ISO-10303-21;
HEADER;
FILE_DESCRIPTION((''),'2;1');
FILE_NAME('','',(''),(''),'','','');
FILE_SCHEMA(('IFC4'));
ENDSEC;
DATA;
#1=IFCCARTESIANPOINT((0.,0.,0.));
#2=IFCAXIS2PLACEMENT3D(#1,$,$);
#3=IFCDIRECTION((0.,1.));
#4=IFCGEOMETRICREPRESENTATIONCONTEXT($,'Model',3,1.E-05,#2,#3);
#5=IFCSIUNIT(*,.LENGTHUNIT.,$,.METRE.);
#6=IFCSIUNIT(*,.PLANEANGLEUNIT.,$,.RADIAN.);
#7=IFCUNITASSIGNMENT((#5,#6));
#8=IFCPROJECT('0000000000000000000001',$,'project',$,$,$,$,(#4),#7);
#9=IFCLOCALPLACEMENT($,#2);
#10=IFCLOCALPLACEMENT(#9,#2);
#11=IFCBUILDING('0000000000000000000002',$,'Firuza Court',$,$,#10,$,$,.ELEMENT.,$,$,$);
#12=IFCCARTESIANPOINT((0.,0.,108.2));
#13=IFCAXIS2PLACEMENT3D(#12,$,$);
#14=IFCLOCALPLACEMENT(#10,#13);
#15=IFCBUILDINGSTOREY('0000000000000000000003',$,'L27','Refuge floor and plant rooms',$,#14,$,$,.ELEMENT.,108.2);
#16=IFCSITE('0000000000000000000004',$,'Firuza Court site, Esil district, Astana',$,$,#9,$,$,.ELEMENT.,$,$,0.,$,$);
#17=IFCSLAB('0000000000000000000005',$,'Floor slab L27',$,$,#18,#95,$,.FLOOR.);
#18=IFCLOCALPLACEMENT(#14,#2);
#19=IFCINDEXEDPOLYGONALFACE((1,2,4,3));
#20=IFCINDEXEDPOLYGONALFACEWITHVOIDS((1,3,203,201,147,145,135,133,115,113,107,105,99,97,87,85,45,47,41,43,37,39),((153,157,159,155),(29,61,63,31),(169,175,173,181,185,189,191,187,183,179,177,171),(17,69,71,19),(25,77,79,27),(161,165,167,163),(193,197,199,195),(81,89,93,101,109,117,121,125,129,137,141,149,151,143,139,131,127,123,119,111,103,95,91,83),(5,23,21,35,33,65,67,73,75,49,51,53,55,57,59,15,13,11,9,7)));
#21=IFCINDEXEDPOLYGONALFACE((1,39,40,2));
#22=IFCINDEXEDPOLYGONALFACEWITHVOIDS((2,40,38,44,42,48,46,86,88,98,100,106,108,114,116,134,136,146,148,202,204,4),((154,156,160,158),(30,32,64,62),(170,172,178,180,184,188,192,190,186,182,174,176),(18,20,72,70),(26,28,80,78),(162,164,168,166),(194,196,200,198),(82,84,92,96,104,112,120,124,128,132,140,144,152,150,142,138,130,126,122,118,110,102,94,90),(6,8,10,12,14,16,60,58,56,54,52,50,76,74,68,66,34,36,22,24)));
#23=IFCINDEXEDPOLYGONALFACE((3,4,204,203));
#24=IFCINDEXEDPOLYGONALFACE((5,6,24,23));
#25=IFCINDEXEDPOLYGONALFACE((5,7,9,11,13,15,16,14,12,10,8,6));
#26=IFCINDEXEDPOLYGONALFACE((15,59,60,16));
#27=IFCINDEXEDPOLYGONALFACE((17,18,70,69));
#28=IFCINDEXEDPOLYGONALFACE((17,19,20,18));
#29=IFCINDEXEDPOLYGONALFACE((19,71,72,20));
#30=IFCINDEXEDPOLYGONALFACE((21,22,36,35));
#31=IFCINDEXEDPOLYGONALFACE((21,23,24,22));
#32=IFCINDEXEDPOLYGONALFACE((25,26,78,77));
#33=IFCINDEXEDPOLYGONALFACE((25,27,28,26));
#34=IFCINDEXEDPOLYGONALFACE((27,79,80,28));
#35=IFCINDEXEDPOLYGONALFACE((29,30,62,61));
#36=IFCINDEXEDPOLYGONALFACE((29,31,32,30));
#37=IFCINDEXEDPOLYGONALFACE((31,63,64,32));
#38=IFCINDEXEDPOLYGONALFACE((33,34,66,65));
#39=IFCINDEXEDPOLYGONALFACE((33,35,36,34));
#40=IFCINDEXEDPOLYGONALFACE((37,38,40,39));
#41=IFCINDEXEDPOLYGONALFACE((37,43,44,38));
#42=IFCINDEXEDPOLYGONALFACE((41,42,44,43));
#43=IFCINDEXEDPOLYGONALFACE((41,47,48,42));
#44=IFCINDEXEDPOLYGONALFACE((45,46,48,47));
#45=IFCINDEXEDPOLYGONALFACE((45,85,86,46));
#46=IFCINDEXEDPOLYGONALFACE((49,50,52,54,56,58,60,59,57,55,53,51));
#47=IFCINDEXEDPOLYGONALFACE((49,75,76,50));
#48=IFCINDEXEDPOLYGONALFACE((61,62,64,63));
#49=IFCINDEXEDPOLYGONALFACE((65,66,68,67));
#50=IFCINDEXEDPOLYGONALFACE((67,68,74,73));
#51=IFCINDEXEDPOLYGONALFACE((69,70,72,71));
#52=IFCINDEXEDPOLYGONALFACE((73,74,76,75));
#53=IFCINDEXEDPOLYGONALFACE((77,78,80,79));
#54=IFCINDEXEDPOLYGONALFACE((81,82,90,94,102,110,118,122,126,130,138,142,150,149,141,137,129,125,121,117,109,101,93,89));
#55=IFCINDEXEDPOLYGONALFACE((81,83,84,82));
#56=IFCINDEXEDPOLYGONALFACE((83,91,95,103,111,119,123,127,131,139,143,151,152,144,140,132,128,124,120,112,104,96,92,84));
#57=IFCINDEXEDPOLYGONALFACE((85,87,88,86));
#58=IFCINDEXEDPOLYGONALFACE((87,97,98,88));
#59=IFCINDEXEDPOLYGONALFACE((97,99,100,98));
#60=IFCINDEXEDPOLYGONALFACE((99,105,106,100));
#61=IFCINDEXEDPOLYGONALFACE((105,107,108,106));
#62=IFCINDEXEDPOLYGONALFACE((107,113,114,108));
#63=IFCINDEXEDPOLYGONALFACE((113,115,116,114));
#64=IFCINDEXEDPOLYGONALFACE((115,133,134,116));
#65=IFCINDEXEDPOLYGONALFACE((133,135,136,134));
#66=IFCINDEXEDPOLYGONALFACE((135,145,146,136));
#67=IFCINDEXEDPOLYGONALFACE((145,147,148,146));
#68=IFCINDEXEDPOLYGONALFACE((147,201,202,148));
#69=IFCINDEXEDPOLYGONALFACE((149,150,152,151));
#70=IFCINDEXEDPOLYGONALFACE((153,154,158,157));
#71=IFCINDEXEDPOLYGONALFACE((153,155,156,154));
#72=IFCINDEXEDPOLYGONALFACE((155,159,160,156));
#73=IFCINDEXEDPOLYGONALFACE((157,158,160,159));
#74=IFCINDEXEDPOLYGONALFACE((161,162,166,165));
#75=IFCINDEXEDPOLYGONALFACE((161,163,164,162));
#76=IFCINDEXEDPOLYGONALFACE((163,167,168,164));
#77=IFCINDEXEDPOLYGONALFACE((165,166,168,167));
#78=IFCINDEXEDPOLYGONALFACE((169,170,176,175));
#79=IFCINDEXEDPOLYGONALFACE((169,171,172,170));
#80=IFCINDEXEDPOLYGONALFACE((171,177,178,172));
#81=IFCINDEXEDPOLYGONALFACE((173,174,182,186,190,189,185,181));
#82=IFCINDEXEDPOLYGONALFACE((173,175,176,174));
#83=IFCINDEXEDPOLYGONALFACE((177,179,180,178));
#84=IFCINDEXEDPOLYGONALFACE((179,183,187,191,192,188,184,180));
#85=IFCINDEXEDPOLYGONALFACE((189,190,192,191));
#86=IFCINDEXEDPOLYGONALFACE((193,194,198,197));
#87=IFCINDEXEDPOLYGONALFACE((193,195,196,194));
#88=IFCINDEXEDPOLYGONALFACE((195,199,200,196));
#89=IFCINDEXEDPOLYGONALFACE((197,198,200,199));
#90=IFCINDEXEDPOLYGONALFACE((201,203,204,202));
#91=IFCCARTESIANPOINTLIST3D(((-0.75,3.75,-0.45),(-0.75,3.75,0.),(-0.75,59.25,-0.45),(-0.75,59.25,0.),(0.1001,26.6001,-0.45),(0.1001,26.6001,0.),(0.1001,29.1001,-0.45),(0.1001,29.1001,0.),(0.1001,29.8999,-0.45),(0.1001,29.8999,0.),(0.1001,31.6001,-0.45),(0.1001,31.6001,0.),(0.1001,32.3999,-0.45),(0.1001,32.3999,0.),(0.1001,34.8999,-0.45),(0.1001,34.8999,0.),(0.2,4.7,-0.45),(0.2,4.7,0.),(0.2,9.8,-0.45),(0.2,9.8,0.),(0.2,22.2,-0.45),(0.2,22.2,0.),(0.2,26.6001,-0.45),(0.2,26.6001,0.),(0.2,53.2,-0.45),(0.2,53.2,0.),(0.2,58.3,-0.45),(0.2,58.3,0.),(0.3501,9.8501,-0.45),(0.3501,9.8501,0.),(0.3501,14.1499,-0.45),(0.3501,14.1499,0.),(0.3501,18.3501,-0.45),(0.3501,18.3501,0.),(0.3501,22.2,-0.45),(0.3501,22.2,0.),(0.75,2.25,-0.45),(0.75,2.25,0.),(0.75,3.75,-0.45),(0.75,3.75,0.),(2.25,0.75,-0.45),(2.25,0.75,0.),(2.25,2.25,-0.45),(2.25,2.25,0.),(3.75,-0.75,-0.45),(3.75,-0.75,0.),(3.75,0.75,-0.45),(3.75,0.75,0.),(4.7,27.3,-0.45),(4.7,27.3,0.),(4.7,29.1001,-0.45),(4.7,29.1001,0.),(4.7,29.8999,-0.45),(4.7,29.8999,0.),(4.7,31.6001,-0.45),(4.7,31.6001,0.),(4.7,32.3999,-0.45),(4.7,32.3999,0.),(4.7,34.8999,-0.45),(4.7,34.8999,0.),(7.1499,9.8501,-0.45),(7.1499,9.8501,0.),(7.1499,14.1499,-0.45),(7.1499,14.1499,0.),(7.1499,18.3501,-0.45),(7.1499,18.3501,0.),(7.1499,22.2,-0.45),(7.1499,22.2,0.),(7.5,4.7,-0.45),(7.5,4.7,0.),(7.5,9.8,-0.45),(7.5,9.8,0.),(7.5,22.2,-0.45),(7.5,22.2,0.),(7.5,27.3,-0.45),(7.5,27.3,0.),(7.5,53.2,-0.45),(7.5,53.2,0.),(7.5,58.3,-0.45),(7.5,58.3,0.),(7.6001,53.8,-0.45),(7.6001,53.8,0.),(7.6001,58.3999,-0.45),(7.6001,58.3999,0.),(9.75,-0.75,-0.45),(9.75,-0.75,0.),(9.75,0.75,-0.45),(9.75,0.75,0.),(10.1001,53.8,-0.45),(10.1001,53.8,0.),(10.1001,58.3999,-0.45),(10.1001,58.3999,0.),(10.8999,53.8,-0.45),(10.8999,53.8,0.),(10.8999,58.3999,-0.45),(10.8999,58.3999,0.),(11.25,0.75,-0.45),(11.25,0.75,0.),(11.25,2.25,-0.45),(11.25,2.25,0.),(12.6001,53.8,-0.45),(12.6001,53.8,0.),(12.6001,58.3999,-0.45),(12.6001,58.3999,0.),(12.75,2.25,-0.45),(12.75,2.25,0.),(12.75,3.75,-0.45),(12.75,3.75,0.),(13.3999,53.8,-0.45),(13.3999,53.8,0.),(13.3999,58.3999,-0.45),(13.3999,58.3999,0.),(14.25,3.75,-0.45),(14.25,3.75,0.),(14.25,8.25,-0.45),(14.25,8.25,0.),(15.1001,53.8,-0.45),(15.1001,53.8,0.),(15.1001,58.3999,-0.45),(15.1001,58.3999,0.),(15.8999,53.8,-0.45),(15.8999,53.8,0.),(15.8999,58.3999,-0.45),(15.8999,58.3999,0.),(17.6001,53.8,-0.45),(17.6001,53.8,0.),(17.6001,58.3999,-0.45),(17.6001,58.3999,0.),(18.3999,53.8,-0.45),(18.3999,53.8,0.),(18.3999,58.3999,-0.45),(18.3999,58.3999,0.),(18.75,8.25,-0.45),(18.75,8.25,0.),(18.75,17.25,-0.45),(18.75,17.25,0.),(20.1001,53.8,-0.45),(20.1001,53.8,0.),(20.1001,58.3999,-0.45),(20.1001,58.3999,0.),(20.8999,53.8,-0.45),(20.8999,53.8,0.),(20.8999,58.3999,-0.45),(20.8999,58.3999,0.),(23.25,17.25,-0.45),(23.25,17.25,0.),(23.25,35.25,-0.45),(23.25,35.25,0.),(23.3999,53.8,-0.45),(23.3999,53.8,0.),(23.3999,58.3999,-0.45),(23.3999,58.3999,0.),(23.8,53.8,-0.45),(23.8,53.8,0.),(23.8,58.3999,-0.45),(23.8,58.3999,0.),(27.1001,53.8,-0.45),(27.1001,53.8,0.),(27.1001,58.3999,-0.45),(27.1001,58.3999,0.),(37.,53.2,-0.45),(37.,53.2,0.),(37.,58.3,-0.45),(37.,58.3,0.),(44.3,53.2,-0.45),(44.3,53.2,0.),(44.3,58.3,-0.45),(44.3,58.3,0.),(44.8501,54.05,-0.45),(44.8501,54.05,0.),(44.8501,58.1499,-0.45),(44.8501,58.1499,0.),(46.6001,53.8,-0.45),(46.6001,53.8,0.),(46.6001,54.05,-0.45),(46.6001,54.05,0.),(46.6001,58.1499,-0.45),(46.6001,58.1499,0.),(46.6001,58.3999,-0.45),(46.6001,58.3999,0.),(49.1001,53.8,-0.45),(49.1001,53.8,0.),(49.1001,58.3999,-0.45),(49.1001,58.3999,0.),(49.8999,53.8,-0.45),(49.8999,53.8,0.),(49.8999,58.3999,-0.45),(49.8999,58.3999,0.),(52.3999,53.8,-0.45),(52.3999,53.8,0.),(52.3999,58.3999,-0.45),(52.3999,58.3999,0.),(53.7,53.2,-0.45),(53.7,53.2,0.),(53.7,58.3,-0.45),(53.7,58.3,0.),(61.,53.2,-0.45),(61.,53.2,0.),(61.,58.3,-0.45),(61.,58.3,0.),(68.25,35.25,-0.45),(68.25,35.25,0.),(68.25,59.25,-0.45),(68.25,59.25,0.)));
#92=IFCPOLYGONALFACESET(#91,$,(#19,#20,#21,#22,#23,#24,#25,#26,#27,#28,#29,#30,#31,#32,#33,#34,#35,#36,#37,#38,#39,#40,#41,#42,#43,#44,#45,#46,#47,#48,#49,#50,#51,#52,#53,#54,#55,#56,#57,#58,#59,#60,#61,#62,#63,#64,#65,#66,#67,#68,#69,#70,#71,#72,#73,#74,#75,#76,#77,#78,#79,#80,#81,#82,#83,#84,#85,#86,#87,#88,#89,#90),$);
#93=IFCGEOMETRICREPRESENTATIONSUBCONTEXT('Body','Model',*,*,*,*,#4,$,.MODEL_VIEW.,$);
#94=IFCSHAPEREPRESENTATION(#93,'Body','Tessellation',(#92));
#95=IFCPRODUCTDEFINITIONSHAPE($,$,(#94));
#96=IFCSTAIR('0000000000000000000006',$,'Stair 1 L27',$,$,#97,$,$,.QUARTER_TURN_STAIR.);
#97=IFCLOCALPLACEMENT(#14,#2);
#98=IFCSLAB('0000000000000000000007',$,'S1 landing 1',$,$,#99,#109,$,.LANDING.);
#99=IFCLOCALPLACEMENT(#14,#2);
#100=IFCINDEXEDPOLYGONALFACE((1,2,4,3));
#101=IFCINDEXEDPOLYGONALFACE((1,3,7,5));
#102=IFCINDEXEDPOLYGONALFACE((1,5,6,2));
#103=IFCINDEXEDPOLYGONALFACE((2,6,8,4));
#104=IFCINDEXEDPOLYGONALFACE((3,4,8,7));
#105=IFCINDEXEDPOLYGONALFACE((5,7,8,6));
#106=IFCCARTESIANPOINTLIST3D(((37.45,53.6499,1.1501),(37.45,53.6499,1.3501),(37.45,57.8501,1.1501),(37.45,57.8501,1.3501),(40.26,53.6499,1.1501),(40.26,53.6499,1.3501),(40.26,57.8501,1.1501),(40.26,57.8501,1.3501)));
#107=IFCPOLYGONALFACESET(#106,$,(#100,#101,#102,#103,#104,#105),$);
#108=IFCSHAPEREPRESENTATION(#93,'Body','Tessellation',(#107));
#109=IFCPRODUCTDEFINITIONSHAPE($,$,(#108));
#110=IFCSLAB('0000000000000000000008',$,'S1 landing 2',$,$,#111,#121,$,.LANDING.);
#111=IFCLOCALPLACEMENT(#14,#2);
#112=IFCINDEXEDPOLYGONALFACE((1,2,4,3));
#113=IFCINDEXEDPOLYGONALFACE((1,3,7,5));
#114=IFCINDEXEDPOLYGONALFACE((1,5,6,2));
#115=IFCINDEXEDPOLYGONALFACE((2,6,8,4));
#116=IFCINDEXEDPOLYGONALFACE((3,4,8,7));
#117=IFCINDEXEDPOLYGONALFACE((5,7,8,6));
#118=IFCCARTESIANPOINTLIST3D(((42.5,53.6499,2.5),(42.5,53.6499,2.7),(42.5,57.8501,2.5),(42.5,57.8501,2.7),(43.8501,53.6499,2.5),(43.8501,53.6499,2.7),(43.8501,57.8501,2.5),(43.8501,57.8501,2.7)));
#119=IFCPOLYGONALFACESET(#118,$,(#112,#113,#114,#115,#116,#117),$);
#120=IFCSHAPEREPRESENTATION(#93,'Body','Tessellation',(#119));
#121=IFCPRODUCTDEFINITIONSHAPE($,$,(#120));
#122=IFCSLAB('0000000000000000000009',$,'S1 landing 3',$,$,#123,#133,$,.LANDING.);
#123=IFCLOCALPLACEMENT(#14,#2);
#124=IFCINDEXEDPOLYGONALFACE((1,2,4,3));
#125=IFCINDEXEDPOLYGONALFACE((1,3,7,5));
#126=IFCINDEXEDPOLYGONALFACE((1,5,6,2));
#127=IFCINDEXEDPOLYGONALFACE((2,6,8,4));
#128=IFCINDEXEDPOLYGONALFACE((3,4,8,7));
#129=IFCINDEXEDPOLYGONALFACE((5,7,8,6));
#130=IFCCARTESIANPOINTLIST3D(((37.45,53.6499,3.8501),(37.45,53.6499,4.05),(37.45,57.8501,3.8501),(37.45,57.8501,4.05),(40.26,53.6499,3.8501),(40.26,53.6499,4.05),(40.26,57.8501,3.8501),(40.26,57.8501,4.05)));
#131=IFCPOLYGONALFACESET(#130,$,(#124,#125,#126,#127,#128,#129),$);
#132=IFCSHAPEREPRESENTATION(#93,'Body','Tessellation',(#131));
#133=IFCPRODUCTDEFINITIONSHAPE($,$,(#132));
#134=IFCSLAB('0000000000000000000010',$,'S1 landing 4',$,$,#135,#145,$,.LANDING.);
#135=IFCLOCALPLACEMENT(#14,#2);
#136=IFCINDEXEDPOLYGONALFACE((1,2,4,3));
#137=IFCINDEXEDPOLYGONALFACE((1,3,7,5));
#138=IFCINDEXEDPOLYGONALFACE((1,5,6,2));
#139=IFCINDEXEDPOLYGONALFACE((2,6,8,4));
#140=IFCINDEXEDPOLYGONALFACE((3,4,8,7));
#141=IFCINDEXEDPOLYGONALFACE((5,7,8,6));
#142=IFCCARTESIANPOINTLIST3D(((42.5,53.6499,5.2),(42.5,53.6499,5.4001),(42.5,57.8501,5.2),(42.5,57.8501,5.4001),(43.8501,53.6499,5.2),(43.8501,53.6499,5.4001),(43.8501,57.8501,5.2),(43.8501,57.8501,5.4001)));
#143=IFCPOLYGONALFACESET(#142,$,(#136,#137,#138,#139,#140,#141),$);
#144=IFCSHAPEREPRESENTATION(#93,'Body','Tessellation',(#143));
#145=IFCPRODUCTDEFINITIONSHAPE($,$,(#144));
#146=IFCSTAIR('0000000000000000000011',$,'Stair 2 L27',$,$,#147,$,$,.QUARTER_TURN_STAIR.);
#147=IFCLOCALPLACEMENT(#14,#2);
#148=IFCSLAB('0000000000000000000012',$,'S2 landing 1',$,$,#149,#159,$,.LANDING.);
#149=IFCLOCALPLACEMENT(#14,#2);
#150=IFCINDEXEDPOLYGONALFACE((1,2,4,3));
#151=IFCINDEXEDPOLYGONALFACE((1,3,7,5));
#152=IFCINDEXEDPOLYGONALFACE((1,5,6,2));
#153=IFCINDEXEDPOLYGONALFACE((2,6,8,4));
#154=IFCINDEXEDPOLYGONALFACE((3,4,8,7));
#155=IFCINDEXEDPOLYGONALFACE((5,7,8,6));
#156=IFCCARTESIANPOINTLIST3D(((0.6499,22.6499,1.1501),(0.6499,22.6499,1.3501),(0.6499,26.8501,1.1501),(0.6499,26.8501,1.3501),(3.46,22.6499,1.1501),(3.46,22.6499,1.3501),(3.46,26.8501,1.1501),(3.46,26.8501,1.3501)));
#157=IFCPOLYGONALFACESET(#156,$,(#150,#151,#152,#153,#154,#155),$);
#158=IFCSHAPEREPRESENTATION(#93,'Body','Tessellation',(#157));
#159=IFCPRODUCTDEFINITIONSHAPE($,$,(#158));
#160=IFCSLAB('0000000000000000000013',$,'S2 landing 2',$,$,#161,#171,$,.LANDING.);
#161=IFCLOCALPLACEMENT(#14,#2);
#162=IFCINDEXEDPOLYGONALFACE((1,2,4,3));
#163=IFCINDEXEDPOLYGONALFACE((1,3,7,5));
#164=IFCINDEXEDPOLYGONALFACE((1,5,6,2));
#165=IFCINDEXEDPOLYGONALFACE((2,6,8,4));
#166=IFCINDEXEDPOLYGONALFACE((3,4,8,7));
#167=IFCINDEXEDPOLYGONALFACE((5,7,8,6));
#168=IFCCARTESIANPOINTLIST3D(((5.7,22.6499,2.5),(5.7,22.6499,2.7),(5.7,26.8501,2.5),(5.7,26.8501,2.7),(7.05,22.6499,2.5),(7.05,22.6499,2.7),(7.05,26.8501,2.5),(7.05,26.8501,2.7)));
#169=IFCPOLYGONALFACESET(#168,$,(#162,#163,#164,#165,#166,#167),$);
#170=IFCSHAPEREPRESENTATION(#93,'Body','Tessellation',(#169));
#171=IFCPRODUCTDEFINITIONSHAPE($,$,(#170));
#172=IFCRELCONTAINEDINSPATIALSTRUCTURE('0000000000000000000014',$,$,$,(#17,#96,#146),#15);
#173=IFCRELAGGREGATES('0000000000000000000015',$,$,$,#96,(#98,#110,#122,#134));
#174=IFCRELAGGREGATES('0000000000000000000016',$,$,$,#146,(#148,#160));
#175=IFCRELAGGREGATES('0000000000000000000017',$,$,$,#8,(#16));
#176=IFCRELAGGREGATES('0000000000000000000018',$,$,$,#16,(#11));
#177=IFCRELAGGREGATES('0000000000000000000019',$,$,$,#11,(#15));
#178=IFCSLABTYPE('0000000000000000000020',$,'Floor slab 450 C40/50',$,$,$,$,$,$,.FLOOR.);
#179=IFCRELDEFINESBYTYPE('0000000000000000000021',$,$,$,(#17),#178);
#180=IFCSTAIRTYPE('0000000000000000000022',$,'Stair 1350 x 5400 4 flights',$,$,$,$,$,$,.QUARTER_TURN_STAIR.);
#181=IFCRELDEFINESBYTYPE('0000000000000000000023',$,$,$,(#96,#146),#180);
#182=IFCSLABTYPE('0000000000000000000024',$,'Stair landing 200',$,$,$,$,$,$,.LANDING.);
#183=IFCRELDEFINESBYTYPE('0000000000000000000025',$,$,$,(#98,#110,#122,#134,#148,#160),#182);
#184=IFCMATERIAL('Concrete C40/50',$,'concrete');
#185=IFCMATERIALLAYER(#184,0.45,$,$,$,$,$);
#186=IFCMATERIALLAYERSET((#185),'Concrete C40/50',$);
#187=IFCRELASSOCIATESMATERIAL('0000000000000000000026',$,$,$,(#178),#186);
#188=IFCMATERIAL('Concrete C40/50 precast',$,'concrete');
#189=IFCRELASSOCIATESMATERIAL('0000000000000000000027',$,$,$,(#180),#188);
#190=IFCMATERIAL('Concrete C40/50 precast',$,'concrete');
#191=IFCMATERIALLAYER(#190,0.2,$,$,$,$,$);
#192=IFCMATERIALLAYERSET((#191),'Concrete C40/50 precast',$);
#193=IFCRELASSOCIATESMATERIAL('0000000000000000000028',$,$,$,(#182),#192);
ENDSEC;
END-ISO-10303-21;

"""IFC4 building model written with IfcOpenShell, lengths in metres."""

from ifc_helpers import new_model, si_unit, direction, frame, origin, place, context, subcontext, project, spatial, polyline, outline, extrude, material, layer, layer_set, type_object, element, aggregate, save


model = new_model("IFC4")

# Units and contexts
model_context = context("Model", 3, precision=1e-05, world=origin(), true_north=direction((0.0, 1.0)))
body_context = subcontext(model_context, "Body", "Model", "MODEL_VIEW")
ifc_project = project(units=[si_unit("LENGTHUNIT", "METRE"), si_unit("PLANEANGLEUNIT", "RADIAN")], contexts=[model_context])

# Site, building, storey
site_placement = place(None, origin())
site = spatial("IfcSite", under=ifc_project, at=site_placement, Name="Firuza Court site, Esil district, Astana", CompositionType="ELEMENT", RefElevation=0.0)
building_placement = place(site_placement, origin())
building = spatial("IfcBuilding", under=site, at=building_placement, Name="Firuza Court", CompositionType="ELEMENT")
storey_placement = place(building_placement, frame((0.0, 0.0, 108.2)))
storey = spatial("IfcBuildingStorey", under=building, at=storey_placement, Name="L27", Description="Refuge floor and plant rooms", CompositionType="ELEMENT", Elevation=108.2)

# Slab
ifc_material_1 = material(Name="Concrete C40/50", Category="concrete")
ifc_layer_1 = layer(ifc_material_1, 0.45)
ifc_layer_set_1 = layer_set([ifc_layer_1], Name="Concrete C40/50")
slab_type_1 = type_object("IfcSlabType", Name="Floor slab 450 C40/50", PredefinedType="FLOOR", material=ifc_layer_set_1)
slab_1_placement = place(storey_placement, frame((0.0, 0.0, -0.45)))
element("IfcSlab", 1, at=slab_1_placement, inside=storey, type_object=slab_type_1, Name="Floor slab L27", PredefinedType="FLOOR", context=body_context, shape_type="SweptSolid", body=[
    extrude(outline(polyline([(3.75, -0.75), (3.75, 0.75), (2.25, 0.75), (2.25, 2.25), (0.75, 2.25), (0.75, 3.75), (-0.75, 3.75), (-0.75, 59.25), (68.25, 59.25), (68.25, 35.25), (23.25, 35.25), (23.25, 17.25), (18.75, 17.25), (18.75, 8.25), (14.25, 8.25), (14.25, 3.75), (12.75, 3.75), (12.75, 2.25), (11.25, 2.25), (11.25, 0.75), (9.75, 0.75), (9.75, -0.75), (3.75, -0.75)]), holes=[polyline([(7.5, 9.8), (0.2, 9.8), (0.2, 4.7), (7.5, 4.7), (7.5, 9.8)]), polyline([(7.1499, 14.1499), (0.3501, 14.1499), (0.3501, 9.8501), (7.1499, 9.8501), (7.1499, 14.1499)]), polyline([(0.2, 22.2), (0.3501, 22.2), (0.3501, 18.3501), (7.1499, 18.3501), (7.1499, 22.2), (7.5, 22.2), (7.5, 27.3), (4.7, 27.3), (4.7, 29.1001), (4.7, 29.8999), (4.7, 31.6001), (4.7, 32.3999), (4.7, 34.8999), (0.1001, 34.8999), (0.1001, 32.3999), (0.1001, 31.6001), (0.1001, 29.8999), (0.1001, 29.1001), (0.1001, 26.6001), (0.2, 26.6001), (0.2, 22.2)]), polyline([(7.5, 58.3), (0.2, 58.3), (0.2, 53.2), (7.5, 53.2), (7.5, 58.3)]), polyline([(10.1001, 58.3999), (7.6001, 58.3999), (7.6001, 53.8), (10.1001, 53.8), (10.8999, 53.8), (12.6001, 53.8), (13.3999, 53.8), (15.1001, 53.8), (15.8999, 53.8), (17.6001, 53.8), (18.3999, 53.8), (20.1001, 53.8), (20.8999, 53.8), (23.3999, 53.8), (23.3999, 58.3999), (20.8999, 58.3999), (20.1001, 58.3999), (18.3999, 58.3999), (17.6001, 58.3999), (15.8999, 58.3999), (15.1001, 58.3999), (13.3999, 58.3999), (12.6001, 58.3999), (10.8999, 58.3999), (10.1001, 58.3999)]), polyline([(44.3, 58.3), (37.0, 58.3), (37.0, 53.2), (44.3, 53.2), (44.3, 58.3)]), polyline([(61.0, 58.3), (53.7, 58.3), (53.7, 53.2), (61.0, 53.2), (61.0, 58.3)]), polyline([(27.1001, 58.3999), (23.8, 58.3999), (23.8, 53.8), (27.1001, 53.8), (27.1001, 58.3999)]), polyline([(46.6001, 58.1499), (44.8501, 58.1499), (44.8501, 54.05), (46.6001, 54.05), (46.6001, 53.8), (49.1001, 53.8), (49.8999, 53.8), (52.3999, 53.8), (52.3999, 58.3999), (49.8999, 58.3999), (49.1001, 58.3999), (46.6001, 58.3999), (46.6001, 58.1499)])]), origin(), (0.0, 0.0, 1.0), 0.45),
])

# Stairs, slabs
ifc_material_2 = material(Name="Concrete C40/50 precast", Category="concrete")
stair_type = type_object("IfcStairType", Name="Stair 1350 x 5400 4 flights", PredefinedType="QUARTER_TURN_STAIR", material=ifc_material_2)
stair_1_placement = place(storey_placement, origin())
stair_1 = element("IfcStair", 2, at=stair_1_placement, inside=storey, type_object=stair_type, Name="Stair 1 L27", PredefinedType="QUARTER_TURN_STAIR")
ifc_material_3 = material(Name="Concrete C40/50 precast", Category="concrete")
ifc_layer_2 = layer(ifc_material_3, 0.2)
ifc_layer_set_2 = layer_set([ifc_layer_2], Name="Concrete C40/50 precast")
slab_type_2 = type_object("IfcSlabType", Name="Stair landing 200", PredefinedType="LANDING", material=ifc_layer_set_2)
slab_2_placement = place(storey_placement, frame((0.0, 0.0, 1.1501)))
slab_2 = element("IfcSlab", 3, at=slab_2_placement, type_object=slab_type_2, Name="S1 landing 1", PredefinedType="LANDING", context=body_context, shape_type="SweptSolid", body=[
    extrude(outline(polyline([(40.26, 53.6499), (40.26, 57.8501), (37.45, 57.8501), (37.45, 53.6499), (40.26, 53.6499)])), origin(), (0.0, 0.0, 1.0), 0.2),
])
slab_3_placement = place(storey_placement, frame((0.0, 0.0, 2.5)))
slab_3 = element("IfcSlab", 4, at=slab_3_placement, type_object=slab_type_2, Name="S1 landing 2", PredefinedType="LANDING", context=body_context, shape_type="SweptSolid", body=[
    extrude(outline(polyline([(43.8501, 53.6499), (43.8501, 57.8501), (42.5, 57.8501), (42.5, 53.6499), (43.8501, 53.6499)])), origin(), (0.0, 0.0, 1.0), 0.2),
])
slab_4_placement = place(storey_placement, frame((0.0, 0.0, 3.8501)))
slab_4 = element("IfcSlab", 5, at=slab_4_placement, type_object=slab_type_2, Name="S1 landing 3", PredefinedType="LANDING", context=body_context, shape_type="SweptSolid", body=[
    extrude(outline(polyline([(40.26, 53.6499), (40.26, 57.8501), (37.45, 57.8501), (37.45, 53.6499), (40.26, 53.6499)])), origin(), (0.0, 0.0, 1.0), 0.2),
])
slab_5_placement = place(storey_placement, frame((0.0, 0.0, 5.2)))
slab_5 = element("IfcSlab", 6, at=slab_5_placement, type_object=slab_type_2, Name="S1 landing 4", PredefinedType="LANDING", context=body_context, shape_type="SweptSolid", body=[
    extrude(outline(polyline([(43.8501, 53.6499), (43.8501, 57.8501), (42.5, 57.8501), (42.5, 53.6499), (43.8501, 53.6499)])), origin(), (0.0, 0.0, 1.0), 0.2002),
])
aggregate(stair_1, [slab_2, slab_3, slab_4, slab_5])
stair_2_placement = place(storey_placement, origin())
stair_2 = element("IfcStair", 7, at=stair_2_placement, inside=storey, type_object=stair_type, Name="Stair 2 L27", PredefinedType="QUARTER_TURN_STAIR")
slab_6_placement = place(storey_placement, frame((0.0, 0.0, 1.1501)))
slab_6 = element("IfcSlab", 8, at=slab_6_placement, type_object=slab_type_2, Name="S2 landing 1", PredefinedType="LANDING", context=body_context, shape_type="SweptSolid", body=[
    extrude(outline(polyline([(3.46, 22.6499), (3.46, 26.8501), (0.6499, 26.8501), (0.6499, 22.6499), (3.46, 22.6499)])), origin(), (0.0, 0.0, 1.0), 0.2),
])
slab_7_placement = place(storey_placement, frame((0.0, 0.0, 2.5)))
slab_7 = element("IfcSlab", 9, at=slab_7_placement, type_object=slab_type_2, Name="S2 landing 2", PredefinedType="LANDING", context=body_context, shape_type="SweptSolid", body=[
    extrude(outline(polyline([(7.05, 22.6499), (7.05, 26.8501), (5.7, 26.8501), (5.7, 22.6499), (7.05, 22.6499)])), origin(), (0.0, 0.0, 1.0), 0.2),
])
aggregate(stair_2, [slab_6, slab_7])

save(model, "model.ifc")
